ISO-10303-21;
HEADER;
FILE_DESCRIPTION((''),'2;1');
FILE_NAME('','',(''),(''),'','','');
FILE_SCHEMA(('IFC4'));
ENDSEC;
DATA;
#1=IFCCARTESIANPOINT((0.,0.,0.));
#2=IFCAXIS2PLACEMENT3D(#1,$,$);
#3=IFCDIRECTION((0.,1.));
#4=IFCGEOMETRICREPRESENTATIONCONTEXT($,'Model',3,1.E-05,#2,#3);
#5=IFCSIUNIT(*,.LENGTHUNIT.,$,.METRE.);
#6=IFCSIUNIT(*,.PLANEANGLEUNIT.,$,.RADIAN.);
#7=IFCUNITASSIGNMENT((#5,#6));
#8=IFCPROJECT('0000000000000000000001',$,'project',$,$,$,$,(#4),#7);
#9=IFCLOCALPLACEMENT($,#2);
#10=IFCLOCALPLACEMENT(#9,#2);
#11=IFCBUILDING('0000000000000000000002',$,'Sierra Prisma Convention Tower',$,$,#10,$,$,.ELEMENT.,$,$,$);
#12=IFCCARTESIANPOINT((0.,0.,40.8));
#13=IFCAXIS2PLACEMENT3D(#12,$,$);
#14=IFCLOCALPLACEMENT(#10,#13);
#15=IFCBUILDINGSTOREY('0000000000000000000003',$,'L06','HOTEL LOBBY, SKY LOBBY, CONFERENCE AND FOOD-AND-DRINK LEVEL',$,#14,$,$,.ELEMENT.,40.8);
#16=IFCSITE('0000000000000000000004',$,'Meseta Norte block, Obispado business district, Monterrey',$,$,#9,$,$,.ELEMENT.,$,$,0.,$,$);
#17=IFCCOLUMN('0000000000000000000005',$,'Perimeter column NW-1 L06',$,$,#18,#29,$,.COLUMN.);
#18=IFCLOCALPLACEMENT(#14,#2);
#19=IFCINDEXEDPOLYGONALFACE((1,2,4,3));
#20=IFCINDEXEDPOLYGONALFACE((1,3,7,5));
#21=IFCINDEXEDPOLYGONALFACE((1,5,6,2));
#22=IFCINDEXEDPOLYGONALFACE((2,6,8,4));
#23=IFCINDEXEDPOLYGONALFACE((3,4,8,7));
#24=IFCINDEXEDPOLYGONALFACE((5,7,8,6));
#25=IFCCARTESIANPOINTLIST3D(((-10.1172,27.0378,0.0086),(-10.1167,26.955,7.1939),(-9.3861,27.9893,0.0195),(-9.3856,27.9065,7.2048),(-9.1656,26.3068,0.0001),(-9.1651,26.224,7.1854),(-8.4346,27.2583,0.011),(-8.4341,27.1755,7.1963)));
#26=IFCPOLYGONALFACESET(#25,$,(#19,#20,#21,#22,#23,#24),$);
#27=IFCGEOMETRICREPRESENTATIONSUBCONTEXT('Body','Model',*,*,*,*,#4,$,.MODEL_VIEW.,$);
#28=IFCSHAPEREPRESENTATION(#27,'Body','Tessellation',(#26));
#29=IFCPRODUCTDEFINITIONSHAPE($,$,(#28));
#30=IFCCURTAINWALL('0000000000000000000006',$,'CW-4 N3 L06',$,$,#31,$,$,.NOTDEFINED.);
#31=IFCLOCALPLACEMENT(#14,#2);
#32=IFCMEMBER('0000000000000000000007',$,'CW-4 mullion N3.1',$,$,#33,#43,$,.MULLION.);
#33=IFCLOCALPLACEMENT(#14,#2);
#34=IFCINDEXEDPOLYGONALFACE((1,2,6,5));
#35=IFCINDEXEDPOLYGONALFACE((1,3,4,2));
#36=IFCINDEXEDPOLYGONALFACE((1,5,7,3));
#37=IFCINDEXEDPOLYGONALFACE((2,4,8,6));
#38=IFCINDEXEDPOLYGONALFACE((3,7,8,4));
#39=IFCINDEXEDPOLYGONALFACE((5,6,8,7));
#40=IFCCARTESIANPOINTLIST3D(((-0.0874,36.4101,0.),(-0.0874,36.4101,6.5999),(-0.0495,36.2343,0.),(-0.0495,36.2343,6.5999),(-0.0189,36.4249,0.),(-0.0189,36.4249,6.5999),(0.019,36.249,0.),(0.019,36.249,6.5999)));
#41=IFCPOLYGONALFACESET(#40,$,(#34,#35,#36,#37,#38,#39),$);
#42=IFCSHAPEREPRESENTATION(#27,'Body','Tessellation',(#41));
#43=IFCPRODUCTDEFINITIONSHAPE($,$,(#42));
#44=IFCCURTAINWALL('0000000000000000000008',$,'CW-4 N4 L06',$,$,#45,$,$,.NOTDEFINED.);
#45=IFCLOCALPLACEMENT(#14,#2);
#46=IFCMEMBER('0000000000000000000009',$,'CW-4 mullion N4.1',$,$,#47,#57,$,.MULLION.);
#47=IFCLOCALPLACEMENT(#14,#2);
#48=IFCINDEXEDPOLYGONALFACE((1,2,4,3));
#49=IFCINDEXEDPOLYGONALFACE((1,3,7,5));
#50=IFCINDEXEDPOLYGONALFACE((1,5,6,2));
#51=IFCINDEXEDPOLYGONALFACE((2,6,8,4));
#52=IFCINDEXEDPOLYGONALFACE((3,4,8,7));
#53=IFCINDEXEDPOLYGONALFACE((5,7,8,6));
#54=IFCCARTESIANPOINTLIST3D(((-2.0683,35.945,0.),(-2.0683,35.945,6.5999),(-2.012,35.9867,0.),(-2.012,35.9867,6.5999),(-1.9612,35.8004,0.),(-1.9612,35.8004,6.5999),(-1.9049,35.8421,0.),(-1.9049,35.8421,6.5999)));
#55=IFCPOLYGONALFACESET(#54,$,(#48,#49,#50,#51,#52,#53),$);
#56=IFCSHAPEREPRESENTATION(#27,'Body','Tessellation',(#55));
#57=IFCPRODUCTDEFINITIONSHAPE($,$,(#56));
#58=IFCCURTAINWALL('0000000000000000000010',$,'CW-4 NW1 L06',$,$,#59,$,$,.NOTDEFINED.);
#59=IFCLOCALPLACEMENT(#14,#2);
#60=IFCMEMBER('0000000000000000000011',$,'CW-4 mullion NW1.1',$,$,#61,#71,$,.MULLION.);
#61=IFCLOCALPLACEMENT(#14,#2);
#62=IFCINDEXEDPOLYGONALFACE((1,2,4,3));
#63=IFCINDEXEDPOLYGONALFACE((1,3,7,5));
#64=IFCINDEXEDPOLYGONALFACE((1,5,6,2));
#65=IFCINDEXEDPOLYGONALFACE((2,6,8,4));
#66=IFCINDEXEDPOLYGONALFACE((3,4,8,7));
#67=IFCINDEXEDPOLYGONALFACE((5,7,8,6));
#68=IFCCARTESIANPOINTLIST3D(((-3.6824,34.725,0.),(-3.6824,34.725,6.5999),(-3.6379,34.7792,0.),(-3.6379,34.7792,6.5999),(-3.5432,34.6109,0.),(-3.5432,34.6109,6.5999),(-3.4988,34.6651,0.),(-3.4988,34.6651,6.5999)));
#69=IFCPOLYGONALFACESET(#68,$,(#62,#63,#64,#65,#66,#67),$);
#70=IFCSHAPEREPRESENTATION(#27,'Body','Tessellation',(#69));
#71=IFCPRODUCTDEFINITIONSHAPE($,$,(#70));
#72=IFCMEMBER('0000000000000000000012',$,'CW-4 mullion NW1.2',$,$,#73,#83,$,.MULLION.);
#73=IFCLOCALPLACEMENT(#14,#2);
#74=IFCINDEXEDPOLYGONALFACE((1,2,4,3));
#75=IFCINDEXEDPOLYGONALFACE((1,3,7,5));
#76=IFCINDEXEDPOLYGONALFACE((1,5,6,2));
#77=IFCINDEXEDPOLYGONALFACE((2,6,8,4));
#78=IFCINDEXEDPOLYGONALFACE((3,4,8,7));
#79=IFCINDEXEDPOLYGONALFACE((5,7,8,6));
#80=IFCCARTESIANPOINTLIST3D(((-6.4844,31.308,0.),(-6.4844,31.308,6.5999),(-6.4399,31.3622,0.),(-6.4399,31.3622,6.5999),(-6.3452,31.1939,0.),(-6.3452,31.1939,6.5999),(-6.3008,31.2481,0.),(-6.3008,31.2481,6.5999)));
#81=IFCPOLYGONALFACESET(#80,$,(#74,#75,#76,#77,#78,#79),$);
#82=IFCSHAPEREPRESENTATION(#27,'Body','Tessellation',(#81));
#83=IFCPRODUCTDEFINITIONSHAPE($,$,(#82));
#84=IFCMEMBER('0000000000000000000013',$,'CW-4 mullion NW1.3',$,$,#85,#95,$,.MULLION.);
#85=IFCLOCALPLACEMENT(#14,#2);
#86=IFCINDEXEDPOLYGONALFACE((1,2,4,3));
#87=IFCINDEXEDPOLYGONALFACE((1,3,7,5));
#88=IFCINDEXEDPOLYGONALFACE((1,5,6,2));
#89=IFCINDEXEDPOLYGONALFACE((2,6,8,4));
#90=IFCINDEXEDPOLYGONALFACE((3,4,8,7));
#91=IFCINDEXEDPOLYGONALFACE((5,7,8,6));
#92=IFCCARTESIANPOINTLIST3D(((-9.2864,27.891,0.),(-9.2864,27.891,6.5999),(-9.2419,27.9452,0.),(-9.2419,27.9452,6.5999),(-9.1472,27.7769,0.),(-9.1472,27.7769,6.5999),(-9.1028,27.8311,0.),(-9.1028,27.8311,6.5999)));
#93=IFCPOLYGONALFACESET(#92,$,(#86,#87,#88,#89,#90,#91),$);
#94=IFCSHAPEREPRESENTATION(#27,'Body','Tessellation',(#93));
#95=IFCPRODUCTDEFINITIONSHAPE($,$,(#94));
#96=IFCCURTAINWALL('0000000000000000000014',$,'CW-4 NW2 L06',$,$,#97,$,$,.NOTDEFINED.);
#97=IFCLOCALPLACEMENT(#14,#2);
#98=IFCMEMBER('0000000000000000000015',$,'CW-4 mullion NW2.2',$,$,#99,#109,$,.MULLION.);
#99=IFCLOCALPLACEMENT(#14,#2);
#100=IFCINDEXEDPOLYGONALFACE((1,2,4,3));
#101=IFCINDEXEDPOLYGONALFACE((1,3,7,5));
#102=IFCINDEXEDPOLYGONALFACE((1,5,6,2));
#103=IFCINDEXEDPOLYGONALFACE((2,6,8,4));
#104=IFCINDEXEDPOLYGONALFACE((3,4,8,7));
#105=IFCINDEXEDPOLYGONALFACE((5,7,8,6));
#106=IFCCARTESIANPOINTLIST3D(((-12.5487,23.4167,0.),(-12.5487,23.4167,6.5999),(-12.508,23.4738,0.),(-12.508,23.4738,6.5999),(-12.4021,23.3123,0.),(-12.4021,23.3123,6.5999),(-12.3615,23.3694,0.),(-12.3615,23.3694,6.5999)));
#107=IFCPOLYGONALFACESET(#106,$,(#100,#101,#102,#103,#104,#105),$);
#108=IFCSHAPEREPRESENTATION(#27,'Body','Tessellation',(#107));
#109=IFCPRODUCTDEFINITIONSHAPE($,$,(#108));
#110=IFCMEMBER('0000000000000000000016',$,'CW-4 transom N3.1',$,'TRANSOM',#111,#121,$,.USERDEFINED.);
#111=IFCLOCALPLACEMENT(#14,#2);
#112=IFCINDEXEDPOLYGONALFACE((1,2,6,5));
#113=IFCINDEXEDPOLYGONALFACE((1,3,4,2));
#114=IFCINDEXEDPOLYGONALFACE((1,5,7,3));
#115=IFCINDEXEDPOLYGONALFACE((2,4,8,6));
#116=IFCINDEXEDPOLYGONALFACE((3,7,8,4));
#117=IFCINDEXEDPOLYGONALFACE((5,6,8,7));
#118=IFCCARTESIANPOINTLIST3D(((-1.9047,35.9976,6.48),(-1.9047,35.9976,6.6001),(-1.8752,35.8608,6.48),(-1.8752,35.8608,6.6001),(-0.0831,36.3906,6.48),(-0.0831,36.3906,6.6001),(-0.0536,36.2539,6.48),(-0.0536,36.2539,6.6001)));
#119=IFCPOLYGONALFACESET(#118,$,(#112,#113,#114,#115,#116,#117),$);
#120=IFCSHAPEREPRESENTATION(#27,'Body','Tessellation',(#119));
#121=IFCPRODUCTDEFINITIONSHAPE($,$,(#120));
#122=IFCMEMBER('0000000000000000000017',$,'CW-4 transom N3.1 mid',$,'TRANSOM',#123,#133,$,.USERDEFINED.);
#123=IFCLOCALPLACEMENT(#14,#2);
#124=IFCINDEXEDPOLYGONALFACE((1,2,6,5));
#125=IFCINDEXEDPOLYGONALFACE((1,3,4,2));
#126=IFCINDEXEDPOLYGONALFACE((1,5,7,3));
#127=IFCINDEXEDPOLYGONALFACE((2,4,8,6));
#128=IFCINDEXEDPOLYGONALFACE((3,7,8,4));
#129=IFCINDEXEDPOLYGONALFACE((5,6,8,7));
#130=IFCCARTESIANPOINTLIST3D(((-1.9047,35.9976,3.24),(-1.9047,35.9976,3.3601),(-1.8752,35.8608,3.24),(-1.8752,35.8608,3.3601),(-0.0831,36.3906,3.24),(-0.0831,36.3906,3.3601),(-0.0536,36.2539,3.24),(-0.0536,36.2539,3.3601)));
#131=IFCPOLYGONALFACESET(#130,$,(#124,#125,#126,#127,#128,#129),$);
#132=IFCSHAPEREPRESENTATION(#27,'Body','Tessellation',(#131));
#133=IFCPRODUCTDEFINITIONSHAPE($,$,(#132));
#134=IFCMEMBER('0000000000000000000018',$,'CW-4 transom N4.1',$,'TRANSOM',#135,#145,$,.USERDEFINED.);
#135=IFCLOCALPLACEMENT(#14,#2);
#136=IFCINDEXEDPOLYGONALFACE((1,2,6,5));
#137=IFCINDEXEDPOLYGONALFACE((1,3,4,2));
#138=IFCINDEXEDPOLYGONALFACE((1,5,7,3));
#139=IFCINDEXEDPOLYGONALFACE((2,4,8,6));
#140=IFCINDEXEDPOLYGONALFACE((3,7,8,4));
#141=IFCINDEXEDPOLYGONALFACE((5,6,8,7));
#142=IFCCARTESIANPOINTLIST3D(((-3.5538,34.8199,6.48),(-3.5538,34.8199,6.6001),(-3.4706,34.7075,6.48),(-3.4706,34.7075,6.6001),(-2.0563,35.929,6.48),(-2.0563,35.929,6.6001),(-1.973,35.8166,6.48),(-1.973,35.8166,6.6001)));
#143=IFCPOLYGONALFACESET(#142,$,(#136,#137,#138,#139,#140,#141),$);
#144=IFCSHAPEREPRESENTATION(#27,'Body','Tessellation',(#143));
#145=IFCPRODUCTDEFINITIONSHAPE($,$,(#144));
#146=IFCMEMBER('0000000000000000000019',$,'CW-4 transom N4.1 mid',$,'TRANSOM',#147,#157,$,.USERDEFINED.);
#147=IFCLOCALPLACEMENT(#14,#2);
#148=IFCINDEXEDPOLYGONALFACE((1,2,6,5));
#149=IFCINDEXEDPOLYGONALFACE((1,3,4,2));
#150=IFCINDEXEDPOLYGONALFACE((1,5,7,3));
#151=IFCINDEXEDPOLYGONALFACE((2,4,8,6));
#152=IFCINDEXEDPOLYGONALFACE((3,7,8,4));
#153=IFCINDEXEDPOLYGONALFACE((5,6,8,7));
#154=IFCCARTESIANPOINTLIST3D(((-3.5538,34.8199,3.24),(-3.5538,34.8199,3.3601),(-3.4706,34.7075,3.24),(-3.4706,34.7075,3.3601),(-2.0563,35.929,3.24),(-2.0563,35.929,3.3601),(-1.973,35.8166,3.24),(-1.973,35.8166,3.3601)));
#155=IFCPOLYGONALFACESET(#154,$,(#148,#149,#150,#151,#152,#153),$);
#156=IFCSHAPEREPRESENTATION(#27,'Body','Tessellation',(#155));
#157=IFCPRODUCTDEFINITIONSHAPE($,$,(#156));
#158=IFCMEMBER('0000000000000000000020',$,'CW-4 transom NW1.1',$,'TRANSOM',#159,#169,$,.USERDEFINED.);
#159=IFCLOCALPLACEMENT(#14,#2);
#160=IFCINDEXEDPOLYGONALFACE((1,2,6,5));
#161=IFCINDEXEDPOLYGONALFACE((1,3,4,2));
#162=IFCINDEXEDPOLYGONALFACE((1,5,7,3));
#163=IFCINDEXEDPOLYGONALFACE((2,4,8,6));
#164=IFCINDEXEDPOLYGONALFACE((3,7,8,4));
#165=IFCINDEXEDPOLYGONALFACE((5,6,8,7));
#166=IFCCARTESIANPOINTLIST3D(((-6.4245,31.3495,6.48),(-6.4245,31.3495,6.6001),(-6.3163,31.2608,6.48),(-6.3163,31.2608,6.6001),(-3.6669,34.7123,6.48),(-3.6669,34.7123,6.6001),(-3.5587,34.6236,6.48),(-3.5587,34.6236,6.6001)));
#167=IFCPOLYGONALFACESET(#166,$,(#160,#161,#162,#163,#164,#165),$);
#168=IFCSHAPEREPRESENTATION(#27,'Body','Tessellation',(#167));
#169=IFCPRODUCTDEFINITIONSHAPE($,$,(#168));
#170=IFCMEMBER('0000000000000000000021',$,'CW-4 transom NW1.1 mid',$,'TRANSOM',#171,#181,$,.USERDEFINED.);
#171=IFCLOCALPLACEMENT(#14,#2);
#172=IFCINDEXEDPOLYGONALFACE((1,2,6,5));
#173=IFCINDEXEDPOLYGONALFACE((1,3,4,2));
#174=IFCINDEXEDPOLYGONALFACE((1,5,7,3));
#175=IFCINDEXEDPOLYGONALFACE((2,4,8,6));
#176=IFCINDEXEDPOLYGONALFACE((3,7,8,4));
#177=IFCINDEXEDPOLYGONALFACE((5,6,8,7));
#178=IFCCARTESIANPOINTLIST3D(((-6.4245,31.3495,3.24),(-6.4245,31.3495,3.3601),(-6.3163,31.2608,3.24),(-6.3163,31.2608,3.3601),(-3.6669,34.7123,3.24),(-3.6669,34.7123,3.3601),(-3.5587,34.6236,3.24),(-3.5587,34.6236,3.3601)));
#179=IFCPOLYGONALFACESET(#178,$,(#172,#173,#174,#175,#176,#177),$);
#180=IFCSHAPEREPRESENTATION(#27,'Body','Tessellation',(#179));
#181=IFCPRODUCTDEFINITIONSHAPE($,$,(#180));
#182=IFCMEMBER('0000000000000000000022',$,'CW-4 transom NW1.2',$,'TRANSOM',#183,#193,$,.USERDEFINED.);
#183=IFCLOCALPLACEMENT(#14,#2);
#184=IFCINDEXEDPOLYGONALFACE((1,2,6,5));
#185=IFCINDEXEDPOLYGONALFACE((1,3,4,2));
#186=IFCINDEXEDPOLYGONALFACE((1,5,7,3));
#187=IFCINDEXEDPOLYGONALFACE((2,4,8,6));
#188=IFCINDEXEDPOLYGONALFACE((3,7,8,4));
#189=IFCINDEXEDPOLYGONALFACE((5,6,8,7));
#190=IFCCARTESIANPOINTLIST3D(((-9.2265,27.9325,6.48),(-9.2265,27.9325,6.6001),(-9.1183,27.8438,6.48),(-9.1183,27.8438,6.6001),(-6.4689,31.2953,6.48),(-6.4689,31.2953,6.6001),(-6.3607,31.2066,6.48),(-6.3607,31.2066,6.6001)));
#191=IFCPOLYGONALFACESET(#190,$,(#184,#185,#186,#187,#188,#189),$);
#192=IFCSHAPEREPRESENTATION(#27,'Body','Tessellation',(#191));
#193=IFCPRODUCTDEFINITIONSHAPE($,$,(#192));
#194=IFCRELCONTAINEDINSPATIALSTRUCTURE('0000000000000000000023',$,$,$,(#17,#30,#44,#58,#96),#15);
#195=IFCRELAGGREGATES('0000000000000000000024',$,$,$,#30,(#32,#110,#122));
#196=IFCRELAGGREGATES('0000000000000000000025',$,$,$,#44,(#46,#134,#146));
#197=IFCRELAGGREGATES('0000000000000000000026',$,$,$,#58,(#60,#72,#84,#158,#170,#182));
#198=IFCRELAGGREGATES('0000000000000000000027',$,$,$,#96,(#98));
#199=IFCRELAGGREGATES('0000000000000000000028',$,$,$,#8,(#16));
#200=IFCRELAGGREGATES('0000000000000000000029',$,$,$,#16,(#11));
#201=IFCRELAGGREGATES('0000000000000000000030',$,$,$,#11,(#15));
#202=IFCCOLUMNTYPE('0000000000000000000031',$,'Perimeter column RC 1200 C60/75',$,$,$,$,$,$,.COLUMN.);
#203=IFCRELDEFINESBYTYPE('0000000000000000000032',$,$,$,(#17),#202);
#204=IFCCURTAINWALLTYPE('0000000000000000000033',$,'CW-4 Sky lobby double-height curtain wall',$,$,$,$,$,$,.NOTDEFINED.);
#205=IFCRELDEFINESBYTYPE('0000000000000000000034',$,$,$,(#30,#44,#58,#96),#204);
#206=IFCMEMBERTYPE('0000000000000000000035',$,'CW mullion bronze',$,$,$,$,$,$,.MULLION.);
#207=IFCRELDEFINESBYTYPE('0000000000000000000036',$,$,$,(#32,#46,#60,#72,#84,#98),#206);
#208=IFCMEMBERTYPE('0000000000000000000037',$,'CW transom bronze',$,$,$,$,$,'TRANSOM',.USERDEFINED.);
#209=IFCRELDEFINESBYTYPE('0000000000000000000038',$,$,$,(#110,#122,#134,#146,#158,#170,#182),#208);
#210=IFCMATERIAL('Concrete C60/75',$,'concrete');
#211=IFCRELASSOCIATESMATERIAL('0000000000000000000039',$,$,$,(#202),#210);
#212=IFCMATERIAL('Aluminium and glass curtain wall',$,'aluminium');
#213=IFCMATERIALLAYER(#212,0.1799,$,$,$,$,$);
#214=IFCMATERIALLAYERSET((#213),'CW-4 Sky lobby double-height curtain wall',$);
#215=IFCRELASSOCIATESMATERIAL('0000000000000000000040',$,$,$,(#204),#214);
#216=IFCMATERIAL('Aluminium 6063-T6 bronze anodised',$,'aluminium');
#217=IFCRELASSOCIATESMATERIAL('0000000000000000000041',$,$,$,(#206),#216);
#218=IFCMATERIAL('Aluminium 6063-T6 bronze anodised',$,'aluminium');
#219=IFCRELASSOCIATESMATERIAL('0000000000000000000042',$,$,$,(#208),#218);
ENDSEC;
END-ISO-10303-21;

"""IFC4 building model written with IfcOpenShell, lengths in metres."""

from ifc_helpers import new_model, si_unit, direction, frame, origin, origin_2d, place, context, subcontext, project, spatial, rectangle, extrude, clip, halfspace, material, layer, layer_set, material_profile, profile_set, type_object, element, aggregate, save


model = new_model("IFC4")

# Units and contexts
model_context = context("Model", 3, precision=1e-05, world=origin(), true_north=direction((0.0, 1.0)))
body_context = subcontext(model_context, "Body", "Model", "MODEL_VIEW")
ifc_project = project(units=[si_unit("LENGTHUNIT", "METRE"), si_unit("PLANEANGLEUNIT", "RADIAN")], contexts=[model_context])

# Site, building, storey
site_placement = place(None, origin())
site = spatial("IfcSite", under=ifc_project, at=site_placement, Name="Meseta Norte block, Obispado business district, Monterrey", CompositionType="ELEMENT", RefElevation=0.0)
building_placement = place(site_placement, origin())
building = spatial("IfcBuilding", under=site, at=building_placement, Name="Sierra Prisma Convention Tower", CompositionType="ELEMENT")
storey_placement = place(building_placement, frame((0.0, 0.0, 40.8)))
storey = spatial("IfcBuildingStorey", under=building, at=storey_placement, Name="L06", Description="HOTEL LOBBY, SKY LOBBY, CONFERENCE AND FOOD-AND-DRINK LEVEL", CompositionType="ELEMENT", Elevation=40.8)

# Column
ifc_material_1 = material(Name="Concrete C60/75", Category="concrete")
ifc_material_profile_1 = material_profile(ifc_material_1, rectangle(XDim=1.2, YDim=1.2, at=origin_2d()), Name="Perimeter column RC 1200 C60/75")
ifc_profile_set_1 = profile_set([ifc_material_profile_1], Name="Concrete C60/75")
column_type = type_object("IfcColumnType", Name="Perimeter column RC 1200 C60/75", PredefinedType="COLUMN", material=ifc_profile_set_1)
column_placement = place(storey_placement, frame((-9.2759, 27.1482, 0.0), z_axis=(0.000068, -0.011528, 0.999934), x_axis=(0.609232, 0.79294, 0.0091)))
element("IfcColumn", 1, at=column_placement, inside=storey, type_object=column_type, Name="Perimeter column NW-1 L06", PredefinedType="COLUMN", context=body_context, shape_type="SweptSolid", body=[
    clip(clip(extrude(rectangle(XDim=1.2, YDim=1.2, at=origin_2d()), origin(), (0.0, 0.0, 1.0), 7.2004), halfspace(frame((0.0, 0.0, 0.0098)), True)), halfspace(frame((0.0, 0.0, 7.1956)), False)),
])

# Curtain walls, members
ifc_material_2 = material(Name="Aluminium and glass curtain wall", Category="aluminium")
ifc_layer_1 = layer(ifc_material_2, 0.1799)
ifc_layer_set_1 = layer_set([ifc_layer_1], Name="CW-4 Sky lobby double-height curtain wall")
curtain_wall_type = type_object("IfcCurtainWallType", Name="CW-4 Sky lobby double-height curtain wall", PredefinedType="NOTDEFINED", material=ifc_layer_set_1)
curtain_wall_1_placement = place(storey_placement, origin())
curtain_wall_1 = element("IfcCurtainWall", 2, at=curtain_wall_1_placement, inside=storey, type_object=curtain_wall_type, Name="CW-4 N3 L06", PredefinedType="NOTDEFINED")
ifc_material_3 = material(Name="Aluminium 6063-T6 bronze anodised", Category="aluminium")
ifc_material_profile_2 = material_profile(ifc_material_3, rectangle(XDim=0.1799, YDim=0.0701, at=origin_2d()), Name="ALU MULLION 70x180")
ifc_profile_set_2 = profile_set([ifc_material_profile_2], Name="Aluminium 6063-T6 bronze anodised")
member_type_1 = type_object("IfcMemberType", Name="CW mullion bronze", PredefinedType="MULLION", material=ifc_profile_set_2)
member_1_placement = place(storey_placement, frame((-0.0342, 36.3296, 0.0), z_axis=(0.0, 0.0, 1.0), x_axis=(0.210894, -0.977509, 0.0)))
member_1 = element("IfcMember", 3, at=member_1_placement, type_object=member_type_1, Name="CW-4 mullion N3.1", PredefinedType="MULLION", context=body_context, shape_type="SweptSolid", body=[
    extrude(rectangle(XDim=0.1799, YDim=0.0701, at=origin_2d()), origin(), (0.0, 0.0, 1.0), 6.5999),
])
curtain_wall_2_placement = place(storey_placement, origin())
curtain_wall_2 = element("IfcCurtainWall", 4, at=curtain_wall_2_placement, inside=storey, type_object=curtain_wall_type, Name="CW-4 N4 L06", PredefinedType="NOTDEFINED")
member_2_placement = place(storey_placement, frame((-1.9866, 35.8936, 0.0), z_axis=(0.0, 0.0, 1.0), x_axis=(0.595164, -0.803605, 0.0)))
member_2 = element("IfcMember", 5, at=member_2_placement, type_object=member_type_1, Name="CW-4 mullion N4.1", PredefinedType="MULLION", context=body_context, shape_type="SweptSolid", body=[
    extrude(rectangle(XDim=0.1799, YDim=0.0701, at=origin_2d()), origin(), (0.0, 0.0, 1.0), 6.5999),
])

# Curtain wall, members
curtain_wall_3_placement = place(storey_placement, origin())
curtain_wall_3 = element("IfcCurtainWall", 6, at=curtain_wall_3_placement, inside=storey, type_object=curtain_wall_type, Name="CW-4 NW1 L06", PredefinedType="NOTDEFINED")
member_3_placement = place(storey_placement, frame((-3.5906, 34.6951, 0.0), z_axis=(0.0, 0.0, 1.0), x_axis=(0.77326, -0.634089, 0.0)))
member_3 = element("IfcMember", 7, at=member_3_placement, type_object=member_type_1, Name="CW-4 mullion NW1.1", PredefinedType="MULLION", context=body_context, shape_type="SweptSolid", body=[
    extrude(rectangle(XDim=0.1799, YDim=0.0701, at=origin_2d()), origin(), (0.0, 0.0, 1.0), 6.5999),
])
member_4_placement = place(storey_placement, frame((-6.3926, 31.2781, 0.0), z_axis=(0.0, 0.0, 1.0), x_axis=(0.77326, -0.634089, 0.0)))
member_4 = element("IfcMember", 8, at=member_4_placement, type_object=member_type_1, Name="CW-4 mullion NW1.2", PredefinedType="MULLION", context=body_context, shape_type="SweptSolid", body=[
    extrude(rectangle(XDim=0.1799, YDim=0.0701, at=origin_2d()), origin(), (0.0, 0.0, 1.0), 6.5999),
])
member_5_placement = place(storey_placement, frame((-9.1946, 27.8611, 0.0), z_axis=(0.0, 0.0, 1.0), x_axis=(0.77326, -0.634089, 0.0)))
member_5 = element("IfcMember", 9, at=member_5_placement, type_object=member_type_1, Name="CW-4 mullion NW1.3", PredefinedType="MULLION", context=body_context, shape_type="SweptSolid", body=[
    extrude(rectangle(XDim=0.1799, YDim=0.0701, at=origin_2d()), origin(), (0.0, 0.0, 1.0), 6.5999),
])

# Curtain wall, member
curtain_wall_4_placement = place(storey_placement, origin())
curtain_wall_4 = element("IfcCurtainWall", 10, at=curtain_wall_4_placement, inside=storey, type_object=curtain_wall_type, Name="CW-4 NW2 L06", PredefinedType="NOTDEFINED")
member_6_placement = place(storey_placement, frame((-12.4551, 23.3931, 0.0), z_axis=(0.0, 0.0, 1.0), x_axis=(0.814566, -0.580072, 0.0)))
member_6 = element("IfcMember", 11, at=member_6_placement, type_object=member_type_1, Name="CW-4 mullion NW2.2", PredefinedType="MULLION", context=body_context, shape_type="SweptSolid", body=[
    extrude(rectangle(XDim=0.1799, YDim=0.0701, at=origin_2d()), origin(), (0.0, 0.0, 1.0), 6.5999),
])

# Members
ifc_material_4 = material(Name="Aluminium 6063-T6 bronze anodised", Category="aluminium")
ifc_material_profile_3 = material_profile(ifc_material_4, rectangle(XDim=0.1399, YDim=0.1201, at=origin_2d()), Name="ALU TRANSOM 120x140")
ifc_profile_set_3 = profile_set([ifc_material_profile_3], Name="Aluminium 6063-T6 bronze anodised")
member_type_2 = type_object("IfcMemberType", Name="CW transom bronze", ElementType="TRANSOM", PredefinedType="USERDEFINED", material=ifc_profile_set_3)
member_7_placement = place(storey_placement, frame((-0.0684, 36.3223, 6.54), z_axis=(-0.9775, -0.210934, 0.0), x_axis=(0.210934, -0.9775, 0.0)))
member_7 = element("IfcMember", 12, at=member_7_placement, type_object=member_type_2, Name="CW-4 transom N3.1", ObjectType="TRANSOM", PredefinedType="USERDEFINED", context=body_context, shape_type="SweptSolid", body=[
    extrude(rectangle(XDim=0.1399, YDim=0.1201, at=origin_2d()), origin(), (0.0, 0.0, 1.0), 1.8635),
])
member_8_placement = place(storey_placement, frame((-0.0684, 36.3223, 3.3), z_axis=(-0.9775, -0.210934, 0.0), x_axis=(0.210934, -0.9775, 0.0)))
member_8 = element("IfcMember", 13, at=member_8_placement, type_object=member_type_2, Name="CW-4 transom N3.1 mid", ObjectType="TRANSOM", PredefinedType="USERDEFINED", context=body_context, shape_type="SweptSolid", body=[
    extrude(rectangle(XDim=0.1399, YDim=0.1201, at=origin_2d()), origin(), (0.0, 0.0, 1.0), 1.8635),
])
member_9_placement = place(storey_placement, frame((-2.0146, 35.8728, 6.54), z_axis=(-0.803601, -0.595168, 0.0), x_axis=(0.595168, -0.803601, 0.0)))
member_9 = element("IfcMember", 14, at=member_9_placement, type_object=member_type_2, Name="CW-4 transom N4.1", ObjectType="TRANSOM", PredefinedType="USERDEFINED", context=body_context, shape_type="SweptSolid", body=[
    extrude(rectangle(XDim=0.1399, YDim=0.1201, at=origin_2d()), origin(), (0.0, 0.0, 1.0), 1.8635),
])
member_10_placement = place(storey_placement, frame((-2.0146, 35.8728, 3.3), z_axis=(-0.803601, -0.595168, 0.0), x_axis=(0.595168, -0.803601, 0.0)))
member_10 = element("IfcMember", 15, at=member_10_placement, type_object=member_type_2, Name="CW-4 transom N4.1 mid", ObjectType="TRANSOM", PredefinedType="USERDEFINED", context=body_context, shape_type="SweptSolid", body=[
    extrude(rectangle(XDim=0.1399, YDim=0.1201, at=origin_2d()), origin(), (0.0, 0.0, 1.0), 1.8635),
])
member_11_placement = place(storey_placement, frame((-3.6128, 34.668, 6.54), z_axis=(-0.63409, -0.773259, 0.0), x_axis=(0.773259, -0.63409, 0.0)))
member_11 = element("IfcMember", 16, at=member_11_placement, type_object=member_type_2, Name="CW-4 transom NW1.1", ObjectType="TRANSOM", PredefinedType="USERDEFINED", context=body_context, shape_type="SweptSolid", body=[
    extrude(rectangle(XDim=0.1399, YDim=0.1201, at=origin_2d()), origin(), (0.0, 0.0, 1.0), 4.3489),
])
member_12_placement = place(storey_placement, frame((-3.6128, 34.668, 3.3), z_axis=(-0.63409, -0.773259, 0.0), x_axis=(0.773259, -0.63409, 0.0)))
member_12 = element("IfcMember", 17, at=member_12_placement, type_object=member_type_2, Name="CW-4 transom NW1.1 mid", ObjectType="TRANSOM", PredefinedType="USERDEFINED", context=body_context, shape_type="SweptSolid", body=[
    extrude(rectangle(XDim=0.1399, YDim=0.1201, at=origin_2d()), origin(), (0.0, 0.0, 1.0), 4.3489),
])
member_13_placement = place(storey_placement, frame((-6.4148, 31.251, 6.54), z_axis=(-0.63409, -0.773259, 0.0), x_axis=(0.773259, -0.63409, 0.0)))
member_13 = element("IfcMember", 18, at=member_13_placement, type_object=member_type_2, Name="CW-4 transom NW1.2", ObjectType="TRANSOM", PredefinedType="USERDEFINED", context=body_context, shape_type="SweptSolid", body=[
    extrude(rectangle(XDim=0.1399, YDim=0.1201, at=origin_2d()), origin(), (0.0, 0.0, 1.0), 4.3489),
])

aggregate(curtain_wall_1, [member_1, member_7, member_8])
aggregate(curtain_wall_2, [member_2, member_9, member_10])
aggregate(curtain_wall_3, [member_3, member_4, member_5, member_11, member_12, member_13])
aggregate(curtain_wall_4, [member_6])

save(model, "model.ifc")
